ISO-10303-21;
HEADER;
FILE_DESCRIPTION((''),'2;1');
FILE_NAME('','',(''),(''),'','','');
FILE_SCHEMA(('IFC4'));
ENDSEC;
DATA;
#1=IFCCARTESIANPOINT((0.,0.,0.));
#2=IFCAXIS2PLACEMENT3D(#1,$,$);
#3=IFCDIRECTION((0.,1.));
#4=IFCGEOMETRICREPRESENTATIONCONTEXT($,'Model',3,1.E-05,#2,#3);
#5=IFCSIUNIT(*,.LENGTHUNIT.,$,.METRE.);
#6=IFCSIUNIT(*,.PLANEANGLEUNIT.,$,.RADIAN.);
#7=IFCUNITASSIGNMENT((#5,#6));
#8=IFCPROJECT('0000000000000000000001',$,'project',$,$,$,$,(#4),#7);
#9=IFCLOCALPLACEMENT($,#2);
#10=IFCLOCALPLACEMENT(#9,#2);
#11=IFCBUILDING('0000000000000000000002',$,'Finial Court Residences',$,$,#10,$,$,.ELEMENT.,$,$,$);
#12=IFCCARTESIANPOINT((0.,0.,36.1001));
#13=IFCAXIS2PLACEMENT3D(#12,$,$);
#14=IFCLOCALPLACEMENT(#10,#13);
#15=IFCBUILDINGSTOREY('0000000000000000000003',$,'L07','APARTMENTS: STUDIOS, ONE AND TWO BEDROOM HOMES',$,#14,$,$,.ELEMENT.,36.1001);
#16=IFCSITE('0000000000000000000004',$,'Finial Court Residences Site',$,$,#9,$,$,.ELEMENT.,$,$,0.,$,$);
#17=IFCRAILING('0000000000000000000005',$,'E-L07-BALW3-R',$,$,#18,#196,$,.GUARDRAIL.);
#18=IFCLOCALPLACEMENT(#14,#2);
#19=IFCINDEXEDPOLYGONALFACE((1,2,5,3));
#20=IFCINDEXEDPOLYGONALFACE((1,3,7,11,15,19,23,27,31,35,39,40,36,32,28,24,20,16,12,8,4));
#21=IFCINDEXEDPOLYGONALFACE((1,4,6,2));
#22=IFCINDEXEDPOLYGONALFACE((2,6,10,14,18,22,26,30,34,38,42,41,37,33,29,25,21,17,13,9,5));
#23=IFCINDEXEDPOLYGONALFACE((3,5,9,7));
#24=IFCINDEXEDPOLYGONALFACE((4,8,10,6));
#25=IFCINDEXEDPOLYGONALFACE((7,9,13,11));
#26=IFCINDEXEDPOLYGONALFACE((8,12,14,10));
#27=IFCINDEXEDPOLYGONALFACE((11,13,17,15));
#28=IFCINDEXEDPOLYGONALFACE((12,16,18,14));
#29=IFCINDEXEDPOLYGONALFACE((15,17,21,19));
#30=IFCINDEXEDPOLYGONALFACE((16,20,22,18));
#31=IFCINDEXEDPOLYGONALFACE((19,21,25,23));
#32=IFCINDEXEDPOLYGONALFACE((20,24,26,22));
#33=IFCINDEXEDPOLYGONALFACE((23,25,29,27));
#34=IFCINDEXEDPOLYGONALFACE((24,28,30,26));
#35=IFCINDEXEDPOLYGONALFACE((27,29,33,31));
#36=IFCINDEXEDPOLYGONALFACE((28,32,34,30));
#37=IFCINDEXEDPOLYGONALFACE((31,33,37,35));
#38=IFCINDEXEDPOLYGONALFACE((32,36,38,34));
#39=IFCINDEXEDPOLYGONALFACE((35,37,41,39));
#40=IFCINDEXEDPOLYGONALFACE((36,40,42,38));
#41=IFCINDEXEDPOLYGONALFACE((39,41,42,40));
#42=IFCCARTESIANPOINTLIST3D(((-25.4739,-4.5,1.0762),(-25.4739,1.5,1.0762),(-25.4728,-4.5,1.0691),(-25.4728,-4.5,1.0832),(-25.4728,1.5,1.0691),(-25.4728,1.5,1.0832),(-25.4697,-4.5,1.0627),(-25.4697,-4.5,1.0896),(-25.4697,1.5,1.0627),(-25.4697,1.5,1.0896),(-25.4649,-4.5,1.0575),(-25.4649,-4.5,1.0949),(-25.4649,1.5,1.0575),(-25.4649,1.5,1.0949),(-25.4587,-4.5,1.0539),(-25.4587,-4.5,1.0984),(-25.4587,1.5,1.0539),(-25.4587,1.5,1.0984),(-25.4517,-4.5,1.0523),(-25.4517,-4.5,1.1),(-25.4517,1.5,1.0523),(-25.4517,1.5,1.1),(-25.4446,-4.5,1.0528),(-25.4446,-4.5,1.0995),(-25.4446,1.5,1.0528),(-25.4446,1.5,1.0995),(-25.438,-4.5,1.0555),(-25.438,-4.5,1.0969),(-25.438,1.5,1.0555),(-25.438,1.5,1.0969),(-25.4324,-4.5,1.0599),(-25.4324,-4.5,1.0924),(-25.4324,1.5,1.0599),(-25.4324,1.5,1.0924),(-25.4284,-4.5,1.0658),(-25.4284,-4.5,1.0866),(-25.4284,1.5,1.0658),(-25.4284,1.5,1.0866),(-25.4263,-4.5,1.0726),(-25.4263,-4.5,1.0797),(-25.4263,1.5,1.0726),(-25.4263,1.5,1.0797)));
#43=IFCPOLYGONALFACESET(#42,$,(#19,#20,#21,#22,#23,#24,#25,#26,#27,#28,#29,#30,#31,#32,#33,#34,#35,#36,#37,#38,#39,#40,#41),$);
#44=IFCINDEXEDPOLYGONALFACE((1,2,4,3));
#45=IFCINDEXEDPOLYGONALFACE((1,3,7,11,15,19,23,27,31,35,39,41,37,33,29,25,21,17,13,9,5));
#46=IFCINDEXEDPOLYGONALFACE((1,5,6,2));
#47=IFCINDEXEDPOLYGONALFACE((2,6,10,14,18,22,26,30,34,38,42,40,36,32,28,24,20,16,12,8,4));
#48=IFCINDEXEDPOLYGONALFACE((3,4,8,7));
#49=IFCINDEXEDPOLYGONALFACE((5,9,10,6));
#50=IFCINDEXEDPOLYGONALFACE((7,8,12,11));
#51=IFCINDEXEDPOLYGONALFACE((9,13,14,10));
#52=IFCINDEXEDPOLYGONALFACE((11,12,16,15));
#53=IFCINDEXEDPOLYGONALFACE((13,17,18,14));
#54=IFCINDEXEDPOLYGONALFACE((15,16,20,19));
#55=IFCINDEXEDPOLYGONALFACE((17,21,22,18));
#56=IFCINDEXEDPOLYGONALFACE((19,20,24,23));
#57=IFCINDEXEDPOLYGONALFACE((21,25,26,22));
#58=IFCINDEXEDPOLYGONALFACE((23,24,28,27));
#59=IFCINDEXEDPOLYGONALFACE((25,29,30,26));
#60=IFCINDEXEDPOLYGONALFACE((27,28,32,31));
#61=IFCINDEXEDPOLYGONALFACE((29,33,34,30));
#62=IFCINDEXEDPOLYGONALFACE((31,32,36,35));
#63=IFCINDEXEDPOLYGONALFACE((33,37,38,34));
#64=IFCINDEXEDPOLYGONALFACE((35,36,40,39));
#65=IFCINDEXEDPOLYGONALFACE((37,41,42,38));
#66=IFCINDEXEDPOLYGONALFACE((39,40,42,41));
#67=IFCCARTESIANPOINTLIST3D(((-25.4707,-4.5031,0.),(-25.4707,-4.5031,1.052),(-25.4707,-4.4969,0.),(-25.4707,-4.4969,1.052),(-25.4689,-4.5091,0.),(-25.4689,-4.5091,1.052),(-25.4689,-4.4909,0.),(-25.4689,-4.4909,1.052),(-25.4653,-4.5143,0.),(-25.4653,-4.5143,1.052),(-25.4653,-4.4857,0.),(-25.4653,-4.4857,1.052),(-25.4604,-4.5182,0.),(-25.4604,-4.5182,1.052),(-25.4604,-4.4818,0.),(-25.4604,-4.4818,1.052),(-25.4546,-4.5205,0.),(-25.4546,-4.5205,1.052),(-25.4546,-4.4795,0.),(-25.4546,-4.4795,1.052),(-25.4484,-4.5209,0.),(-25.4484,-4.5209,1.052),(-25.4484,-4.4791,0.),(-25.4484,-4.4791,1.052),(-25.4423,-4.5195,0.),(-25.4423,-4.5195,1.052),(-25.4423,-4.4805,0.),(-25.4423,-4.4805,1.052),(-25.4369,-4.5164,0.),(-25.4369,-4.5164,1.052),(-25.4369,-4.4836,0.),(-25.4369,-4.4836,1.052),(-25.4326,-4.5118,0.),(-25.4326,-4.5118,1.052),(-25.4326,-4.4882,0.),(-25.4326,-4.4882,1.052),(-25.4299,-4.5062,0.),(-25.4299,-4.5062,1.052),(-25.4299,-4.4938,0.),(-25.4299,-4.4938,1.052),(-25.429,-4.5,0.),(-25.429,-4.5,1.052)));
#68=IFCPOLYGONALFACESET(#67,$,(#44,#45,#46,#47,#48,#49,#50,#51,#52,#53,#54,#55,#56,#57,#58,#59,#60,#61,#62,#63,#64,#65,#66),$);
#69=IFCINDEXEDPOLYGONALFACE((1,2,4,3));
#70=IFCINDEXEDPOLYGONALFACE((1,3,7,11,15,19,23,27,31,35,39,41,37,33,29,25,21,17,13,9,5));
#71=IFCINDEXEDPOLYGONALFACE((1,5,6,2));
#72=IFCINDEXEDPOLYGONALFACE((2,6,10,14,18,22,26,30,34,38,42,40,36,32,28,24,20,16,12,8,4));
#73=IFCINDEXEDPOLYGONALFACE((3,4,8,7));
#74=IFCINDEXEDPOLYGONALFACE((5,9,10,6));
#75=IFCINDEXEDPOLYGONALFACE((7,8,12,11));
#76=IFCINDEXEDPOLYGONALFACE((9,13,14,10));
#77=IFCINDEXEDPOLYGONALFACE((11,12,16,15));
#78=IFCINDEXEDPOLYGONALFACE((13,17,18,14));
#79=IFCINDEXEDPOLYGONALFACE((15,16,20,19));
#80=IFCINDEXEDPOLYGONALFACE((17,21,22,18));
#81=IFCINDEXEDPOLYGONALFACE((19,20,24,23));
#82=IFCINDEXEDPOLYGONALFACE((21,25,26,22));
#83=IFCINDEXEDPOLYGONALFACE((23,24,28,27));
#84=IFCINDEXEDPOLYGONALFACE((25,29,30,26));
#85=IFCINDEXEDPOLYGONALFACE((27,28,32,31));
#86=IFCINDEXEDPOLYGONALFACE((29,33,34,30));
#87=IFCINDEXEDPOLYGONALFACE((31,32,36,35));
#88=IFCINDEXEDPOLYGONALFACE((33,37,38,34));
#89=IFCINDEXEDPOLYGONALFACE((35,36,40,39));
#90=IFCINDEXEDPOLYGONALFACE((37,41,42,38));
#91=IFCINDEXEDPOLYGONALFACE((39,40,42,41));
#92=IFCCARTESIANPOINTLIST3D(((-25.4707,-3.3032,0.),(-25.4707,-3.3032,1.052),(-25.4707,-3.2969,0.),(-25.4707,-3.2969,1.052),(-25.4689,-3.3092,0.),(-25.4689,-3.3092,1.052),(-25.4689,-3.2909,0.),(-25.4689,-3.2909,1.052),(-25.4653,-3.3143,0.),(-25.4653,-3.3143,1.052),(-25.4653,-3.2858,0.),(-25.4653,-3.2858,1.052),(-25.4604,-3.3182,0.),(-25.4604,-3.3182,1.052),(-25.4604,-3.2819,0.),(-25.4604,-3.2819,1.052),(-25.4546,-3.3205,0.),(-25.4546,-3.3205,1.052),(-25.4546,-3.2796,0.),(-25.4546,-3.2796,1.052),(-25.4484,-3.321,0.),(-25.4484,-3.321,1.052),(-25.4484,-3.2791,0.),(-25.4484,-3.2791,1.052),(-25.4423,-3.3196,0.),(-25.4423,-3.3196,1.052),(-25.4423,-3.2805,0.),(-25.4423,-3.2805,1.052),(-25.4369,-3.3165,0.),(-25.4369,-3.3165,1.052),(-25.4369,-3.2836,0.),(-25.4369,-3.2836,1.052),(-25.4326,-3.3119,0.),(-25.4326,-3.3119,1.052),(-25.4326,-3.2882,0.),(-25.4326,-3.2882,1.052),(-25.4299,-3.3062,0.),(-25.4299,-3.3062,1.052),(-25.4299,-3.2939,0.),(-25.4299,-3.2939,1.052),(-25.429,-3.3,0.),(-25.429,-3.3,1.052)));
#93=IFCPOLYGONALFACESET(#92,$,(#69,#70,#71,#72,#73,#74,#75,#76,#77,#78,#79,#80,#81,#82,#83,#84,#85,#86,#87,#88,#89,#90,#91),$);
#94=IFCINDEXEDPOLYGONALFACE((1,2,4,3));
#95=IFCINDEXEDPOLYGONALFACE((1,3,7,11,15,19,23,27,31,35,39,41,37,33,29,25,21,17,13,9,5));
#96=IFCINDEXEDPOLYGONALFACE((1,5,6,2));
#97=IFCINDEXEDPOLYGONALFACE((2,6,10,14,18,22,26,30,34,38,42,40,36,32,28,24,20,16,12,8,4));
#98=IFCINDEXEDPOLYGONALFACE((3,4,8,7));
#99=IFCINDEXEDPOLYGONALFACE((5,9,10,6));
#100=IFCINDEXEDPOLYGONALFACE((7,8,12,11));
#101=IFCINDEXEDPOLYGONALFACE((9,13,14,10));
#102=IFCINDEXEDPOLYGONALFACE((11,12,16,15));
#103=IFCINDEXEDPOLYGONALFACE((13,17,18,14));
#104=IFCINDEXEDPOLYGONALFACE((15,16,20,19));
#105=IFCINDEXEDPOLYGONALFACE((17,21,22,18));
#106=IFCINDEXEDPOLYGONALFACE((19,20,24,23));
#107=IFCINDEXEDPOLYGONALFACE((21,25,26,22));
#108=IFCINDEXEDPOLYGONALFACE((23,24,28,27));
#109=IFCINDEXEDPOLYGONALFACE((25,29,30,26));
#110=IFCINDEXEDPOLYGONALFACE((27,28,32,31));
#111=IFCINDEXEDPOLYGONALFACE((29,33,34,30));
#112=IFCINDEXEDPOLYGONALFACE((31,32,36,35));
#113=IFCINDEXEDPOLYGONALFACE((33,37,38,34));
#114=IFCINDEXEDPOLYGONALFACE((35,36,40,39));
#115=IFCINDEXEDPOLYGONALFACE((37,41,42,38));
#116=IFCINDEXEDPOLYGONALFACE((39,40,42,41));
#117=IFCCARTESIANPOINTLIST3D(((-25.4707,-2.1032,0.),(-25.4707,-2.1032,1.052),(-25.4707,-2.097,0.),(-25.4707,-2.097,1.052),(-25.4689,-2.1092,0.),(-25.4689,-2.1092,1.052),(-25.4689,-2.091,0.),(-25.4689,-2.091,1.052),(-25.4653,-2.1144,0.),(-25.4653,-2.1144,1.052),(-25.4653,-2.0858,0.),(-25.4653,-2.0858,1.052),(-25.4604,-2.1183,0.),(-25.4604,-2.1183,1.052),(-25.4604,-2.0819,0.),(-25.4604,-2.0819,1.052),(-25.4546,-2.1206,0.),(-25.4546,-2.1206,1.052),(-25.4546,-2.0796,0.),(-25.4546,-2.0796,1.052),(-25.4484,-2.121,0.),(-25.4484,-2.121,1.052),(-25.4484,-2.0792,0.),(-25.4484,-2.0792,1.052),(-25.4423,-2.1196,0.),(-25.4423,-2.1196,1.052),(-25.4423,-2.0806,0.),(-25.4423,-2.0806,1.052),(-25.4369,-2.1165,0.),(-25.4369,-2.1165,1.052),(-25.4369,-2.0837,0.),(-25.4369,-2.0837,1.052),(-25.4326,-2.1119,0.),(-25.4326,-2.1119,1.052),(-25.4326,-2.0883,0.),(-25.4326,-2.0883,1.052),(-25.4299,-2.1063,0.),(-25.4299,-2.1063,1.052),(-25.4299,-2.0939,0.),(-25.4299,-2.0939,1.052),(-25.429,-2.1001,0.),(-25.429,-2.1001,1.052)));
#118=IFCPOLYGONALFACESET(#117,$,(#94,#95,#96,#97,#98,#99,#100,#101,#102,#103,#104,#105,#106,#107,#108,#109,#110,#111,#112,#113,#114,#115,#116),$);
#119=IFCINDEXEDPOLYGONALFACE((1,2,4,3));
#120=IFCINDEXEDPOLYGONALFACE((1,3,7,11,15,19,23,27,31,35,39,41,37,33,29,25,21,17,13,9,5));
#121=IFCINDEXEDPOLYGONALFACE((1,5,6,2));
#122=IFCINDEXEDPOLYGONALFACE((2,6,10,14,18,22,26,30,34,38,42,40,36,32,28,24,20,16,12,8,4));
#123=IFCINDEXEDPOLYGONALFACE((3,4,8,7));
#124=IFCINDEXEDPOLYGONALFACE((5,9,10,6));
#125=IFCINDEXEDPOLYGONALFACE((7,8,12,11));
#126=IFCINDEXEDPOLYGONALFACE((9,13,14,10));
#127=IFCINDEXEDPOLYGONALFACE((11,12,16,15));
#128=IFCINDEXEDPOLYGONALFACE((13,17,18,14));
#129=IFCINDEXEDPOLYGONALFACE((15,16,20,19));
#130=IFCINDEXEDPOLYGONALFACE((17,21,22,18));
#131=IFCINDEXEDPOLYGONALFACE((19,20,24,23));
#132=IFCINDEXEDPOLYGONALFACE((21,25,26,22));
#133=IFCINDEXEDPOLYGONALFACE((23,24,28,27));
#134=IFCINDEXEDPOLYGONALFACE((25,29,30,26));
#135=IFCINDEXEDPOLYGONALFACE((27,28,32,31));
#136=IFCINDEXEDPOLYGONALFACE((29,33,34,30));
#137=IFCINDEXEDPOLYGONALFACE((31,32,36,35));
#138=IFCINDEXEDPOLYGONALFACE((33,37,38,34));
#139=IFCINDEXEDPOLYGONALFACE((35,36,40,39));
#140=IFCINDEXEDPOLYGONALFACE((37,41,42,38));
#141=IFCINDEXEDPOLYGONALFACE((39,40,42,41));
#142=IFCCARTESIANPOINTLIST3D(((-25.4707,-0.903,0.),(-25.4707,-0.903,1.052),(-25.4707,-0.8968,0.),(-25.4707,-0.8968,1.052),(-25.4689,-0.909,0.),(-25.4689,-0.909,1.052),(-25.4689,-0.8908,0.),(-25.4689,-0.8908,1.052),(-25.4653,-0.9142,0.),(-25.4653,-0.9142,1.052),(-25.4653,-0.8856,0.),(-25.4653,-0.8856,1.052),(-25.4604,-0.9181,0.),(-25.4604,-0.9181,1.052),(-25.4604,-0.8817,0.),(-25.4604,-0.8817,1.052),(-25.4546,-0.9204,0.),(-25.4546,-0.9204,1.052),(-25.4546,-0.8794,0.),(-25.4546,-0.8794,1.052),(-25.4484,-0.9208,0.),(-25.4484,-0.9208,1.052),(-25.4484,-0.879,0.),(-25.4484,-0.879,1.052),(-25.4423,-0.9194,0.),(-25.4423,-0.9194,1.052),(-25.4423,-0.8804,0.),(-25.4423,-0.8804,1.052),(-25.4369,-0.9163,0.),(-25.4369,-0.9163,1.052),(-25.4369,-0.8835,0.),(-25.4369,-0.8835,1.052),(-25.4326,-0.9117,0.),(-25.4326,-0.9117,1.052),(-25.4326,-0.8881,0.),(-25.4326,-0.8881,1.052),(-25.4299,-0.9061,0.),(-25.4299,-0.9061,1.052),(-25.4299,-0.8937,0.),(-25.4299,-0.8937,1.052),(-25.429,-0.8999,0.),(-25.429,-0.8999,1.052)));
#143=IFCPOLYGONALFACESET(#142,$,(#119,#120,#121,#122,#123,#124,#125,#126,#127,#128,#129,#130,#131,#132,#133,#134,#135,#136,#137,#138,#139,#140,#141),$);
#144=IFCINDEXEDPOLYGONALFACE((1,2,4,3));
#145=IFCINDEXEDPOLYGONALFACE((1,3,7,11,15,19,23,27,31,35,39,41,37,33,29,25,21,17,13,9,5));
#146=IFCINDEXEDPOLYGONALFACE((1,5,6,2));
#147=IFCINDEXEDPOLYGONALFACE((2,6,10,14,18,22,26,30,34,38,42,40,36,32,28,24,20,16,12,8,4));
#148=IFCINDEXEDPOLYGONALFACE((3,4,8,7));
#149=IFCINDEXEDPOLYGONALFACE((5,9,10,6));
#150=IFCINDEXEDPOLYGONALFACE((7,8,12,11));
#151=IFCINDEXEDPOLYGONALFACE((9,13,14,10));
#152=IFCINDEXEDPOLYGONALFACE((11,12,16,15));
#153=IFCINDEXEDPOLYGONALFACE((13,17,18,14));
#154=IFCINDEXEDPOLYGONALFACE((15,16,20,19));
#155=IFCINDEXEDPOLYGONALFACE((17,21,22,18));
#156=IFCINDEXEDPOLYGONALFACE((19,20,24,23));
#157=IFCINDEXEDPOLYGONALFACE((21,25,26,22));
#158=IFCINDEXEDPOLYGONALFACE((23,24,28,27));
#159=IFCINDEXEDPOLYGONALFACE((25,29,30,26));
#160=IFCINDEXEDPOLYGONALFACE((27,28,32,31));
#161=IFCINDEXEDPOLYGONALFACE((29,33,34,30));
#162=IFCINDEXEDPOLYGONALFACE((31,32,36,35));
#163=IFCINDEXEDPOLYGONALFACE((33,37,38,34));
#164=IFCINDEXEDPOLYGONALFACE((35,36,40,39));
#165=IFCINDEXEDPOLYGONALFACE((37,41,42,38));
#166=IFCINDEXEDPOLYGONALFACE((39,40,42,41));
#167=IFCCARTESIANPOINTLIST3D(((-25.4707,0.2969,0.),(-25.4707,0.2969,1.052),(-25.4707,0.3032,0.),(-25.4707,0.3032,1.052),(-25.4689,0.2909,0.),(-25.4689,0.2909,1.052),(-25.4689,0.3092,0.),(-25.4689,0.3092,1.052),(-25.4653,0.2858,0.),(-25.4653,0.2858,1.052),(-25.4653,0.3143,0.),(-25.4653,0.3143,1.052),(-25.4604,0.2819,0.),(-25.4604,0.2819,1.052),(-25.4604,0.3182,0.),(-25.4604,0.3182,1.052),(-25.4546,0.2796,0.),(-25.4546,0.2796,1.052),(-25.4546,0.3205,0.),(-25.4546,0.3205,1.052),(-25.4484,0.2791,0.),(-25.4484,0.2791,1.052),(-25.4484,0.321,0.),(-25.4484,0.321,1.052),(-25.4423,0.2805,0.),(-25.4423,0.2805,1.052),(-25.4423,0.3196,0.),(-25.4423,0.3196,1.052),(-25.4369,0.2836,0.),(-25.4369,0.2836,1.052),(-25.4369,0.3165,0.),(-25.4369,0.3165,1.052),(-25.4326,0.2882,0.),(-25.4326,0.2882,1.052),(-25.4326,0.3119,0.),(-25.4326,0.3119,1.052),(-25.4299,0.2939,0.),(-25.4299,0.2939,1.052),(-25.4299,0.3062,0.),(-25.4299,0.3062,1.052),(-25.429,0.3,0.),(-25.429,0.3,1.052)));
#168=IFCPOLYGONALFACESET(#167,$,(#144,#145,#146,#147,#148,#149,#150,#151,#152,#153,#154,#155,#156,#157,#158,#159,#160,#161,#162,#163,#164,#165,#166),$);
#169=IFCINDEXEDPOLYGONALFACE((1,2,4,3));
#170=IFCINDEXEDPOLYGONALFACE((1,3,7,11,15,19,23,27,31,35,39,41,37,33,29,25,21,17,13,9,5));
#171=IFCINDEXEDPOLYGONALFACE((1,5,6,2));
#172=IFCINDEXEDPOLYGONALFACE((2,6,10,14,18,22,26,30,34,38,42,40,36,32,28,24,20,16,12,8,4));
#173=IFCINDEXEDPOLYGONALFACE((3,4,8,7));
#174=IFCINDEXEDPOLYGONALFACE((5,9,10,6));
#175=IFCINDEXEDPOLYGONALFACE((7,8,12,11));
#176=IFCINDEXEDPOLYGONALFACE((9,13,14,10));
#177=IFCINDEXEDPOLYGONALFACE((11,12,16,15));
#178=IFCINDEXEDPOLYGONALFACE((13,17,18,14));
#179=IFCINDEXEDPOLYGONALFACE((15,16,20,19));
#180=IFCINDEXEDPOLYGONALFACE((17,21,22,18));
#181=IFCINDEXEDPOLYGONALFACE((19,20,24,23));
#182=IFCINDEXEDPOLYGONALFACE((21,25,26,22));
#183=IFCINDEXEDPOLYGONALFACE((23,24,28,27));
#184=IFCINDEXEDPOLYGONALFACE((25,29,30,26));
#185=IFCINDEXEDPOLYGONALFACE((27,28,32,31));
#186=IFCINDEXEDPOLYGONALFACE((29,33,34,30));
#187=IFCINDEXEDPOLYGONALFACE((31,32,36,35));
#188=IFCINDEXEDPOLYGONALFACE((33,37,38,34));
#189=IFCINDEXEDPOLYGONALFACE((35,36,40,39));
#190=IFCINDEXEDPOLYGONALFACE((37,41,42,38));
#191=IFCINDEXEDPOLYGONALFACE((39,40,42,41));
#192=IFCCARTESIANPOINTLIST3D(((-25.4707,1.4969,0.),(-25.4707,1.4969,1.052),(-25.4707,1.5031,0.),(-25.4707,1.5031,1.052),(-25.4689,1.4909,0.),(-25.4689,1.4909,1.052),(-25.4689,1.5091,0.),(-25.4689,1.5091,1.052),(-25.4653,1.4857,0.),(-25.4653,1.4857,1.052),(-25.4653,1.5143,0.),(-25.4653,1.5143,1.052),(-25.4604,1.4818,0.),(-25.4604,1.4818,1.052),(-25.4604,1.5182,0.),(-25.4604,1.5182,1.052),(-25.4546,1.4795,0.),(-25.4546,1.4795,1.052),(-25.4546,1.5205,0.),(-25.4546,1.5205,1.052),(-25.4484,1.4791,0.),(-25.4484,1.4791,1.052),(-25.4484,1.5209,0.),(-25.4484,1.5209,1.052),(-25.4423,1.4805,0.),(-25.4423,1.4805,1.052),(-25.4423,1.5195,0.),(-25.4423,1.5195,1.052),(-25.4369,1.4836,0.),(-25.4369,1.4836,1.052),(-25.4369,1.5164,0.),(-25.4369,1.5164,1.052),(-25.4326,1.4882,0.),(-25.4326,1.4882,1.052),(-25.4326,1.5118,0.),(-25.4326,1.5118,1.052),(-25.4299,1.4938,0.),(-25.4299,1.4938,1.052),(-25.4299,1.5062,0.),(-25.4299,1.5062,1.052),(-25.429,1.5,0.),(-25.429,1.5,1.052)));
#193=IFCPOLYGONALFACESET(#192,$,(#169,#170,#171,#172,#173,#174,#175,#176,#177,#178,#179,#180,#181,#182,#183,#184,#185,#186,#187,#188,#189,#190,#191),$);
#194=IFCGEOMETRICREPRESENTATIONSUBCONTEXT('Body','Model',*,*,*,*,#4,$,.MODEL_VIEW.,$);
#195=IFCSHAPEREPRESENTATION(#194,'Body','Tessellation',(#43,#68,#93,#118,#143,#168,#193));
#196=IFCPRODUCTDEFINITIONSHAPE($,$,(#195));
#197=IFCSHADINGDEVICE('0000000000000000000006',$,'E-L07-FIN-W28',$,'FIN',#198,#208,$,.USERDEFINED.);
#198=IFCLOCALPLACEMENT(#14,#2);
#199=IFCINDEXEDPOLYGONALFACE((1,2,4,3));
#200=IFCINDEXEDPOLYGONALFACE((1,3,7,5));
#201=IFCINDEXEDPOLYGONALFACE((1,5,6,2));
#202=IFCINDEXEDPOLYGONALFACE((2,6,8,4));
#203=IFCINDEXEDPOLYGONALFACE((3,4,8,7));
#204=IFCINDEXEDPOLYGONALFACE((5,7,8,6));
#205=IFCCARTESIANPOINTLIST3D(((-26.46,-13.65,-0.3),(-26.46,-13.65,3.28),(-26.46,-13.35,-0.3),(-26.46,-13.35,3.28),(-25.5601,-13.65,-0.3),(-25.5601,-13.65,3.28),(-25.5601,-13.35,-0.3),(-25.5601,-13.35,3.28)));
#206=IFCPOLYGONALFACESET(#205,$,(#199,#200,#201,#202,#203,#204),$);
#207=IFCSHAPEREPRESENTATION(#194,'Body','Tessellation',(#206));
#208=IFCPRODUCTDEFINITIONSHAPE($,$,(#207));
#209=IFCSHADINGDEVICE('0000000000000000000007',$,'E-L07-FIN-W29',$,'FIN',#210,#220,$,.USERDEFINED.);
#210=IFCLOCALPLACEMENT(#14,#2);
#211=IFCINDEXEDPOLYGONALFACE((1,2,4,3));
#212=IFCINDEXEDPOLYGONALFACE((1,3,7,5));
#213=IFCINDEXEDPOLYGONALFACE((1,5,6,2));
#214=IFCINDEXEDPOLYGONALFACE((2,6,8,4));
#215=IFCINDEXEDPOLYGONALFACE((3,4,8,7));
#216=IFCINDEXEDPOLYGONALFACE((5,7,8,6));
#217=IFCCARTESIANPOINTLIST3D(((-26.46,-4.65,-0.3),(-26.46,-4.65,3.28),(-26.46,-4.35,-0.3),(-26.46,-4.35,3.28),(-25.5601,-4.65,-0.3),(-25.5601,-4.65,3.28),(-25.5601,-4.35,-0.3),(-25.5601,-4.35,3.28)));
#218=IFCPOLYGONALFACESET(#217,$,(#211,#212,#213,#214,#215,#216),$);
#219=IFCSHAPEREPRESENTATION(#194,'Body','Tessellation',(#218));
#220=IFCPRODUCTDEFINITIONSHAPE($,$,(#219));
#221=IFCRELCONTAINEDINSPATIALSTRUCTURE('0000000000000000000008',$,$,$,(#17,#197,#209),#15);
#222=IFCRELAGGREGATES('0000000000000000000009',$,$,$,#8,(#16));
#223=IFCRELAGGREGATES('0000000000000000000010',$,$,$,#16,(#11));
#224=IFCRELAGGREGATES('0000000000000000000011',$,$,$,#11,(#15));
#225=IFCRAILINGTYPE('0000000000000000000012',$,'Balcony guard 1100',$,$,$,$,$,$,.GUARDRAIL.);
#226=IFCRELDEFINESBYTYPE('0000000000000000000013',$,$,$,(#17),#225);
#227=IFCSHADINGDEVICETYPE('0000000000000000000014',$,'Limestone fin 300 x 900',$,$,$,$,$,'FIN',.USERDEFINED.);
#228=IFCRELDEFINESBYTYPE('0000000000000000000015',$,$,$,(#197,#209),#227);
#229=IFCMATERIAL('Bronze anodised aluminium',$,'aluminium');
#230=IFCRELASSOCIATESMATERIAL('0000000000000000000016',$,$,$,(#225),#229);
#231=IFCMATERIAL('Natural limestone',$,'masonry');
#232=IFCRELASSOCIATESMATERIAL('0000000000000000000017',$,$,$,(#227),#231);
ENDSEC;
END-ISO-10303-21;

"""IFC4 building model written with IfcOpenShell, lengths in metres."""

from ifc_helpers import new_model, si_unit, direction, frame, origin, origin_2d, place, context, subcontext, project, spatial, rectangle, circle, extrude, material, type_object, element, save


model = new_model("IFC4")

# Units and contexts
model_context = context("Model", 3, precision=1e-05, world=origin(), true_north=direction((0.0, 1.0)))
body_context = subcontext(model_context, "Body", "Model", "MODEL_VIEW")
ifc_project = project(units=[si_unit("LENGTHUNIT", "METRE"), si_unit("PLANEANGLEUNIT", "RADIAN")], contexts=[model_context])

# Site, building, storey
site_placement = place(None, origin())
site = spatial("IfcSite", under=ifc_project, at=site_placement, Name="Finial Court Residences Site", CompositionType="ELEMENT", RefElevation=0.0)
building_placement = place(site_placement, origin())
building = spatial("IfcBuilding", under=site, at=building_placement, Name="Finial Court Residences", CompositionType="ELEMENT")
storey_placement = place(building_placement, frame((0.0, 0.0, 36.1001)))
storey = spatial("IfcBuildingStorey", under=building, at=storey_placement, Name="L07", Description="APARTMENTS: STUDIOS, ONE AND TWO BEDROOM HOMES", CompositionType="ELEMENT", Elevation=36.1001)

# Shared definitions
ifc_material_1 = material(Name="Bronze anodised aluminium", Category="aluminium")

# Shared definitions
ifc_material_2 = material(Name="Natural limestone", Category="masonry")

# Railing
railing_type = type_object("IfcRailingType", Name="Balcony guard 1100", PredefinedType="GUARDRAIL", material=ifc_material_1)
railing_placement = place(storey_placement, frame((-25.45, -4.5, 0.0)))
element("IfcRailing", 1, at=railing_placement, inside=storey, type_object=railing_type, Name="E-L07-BALW3-R", PredefinedType="GUARDRAIL", context=body_context, shape_type="SweptSolid", body=[
    extrude(circle(Radius=0.0239, at=origin_2d()), frame((0.0, 0.0, 1.0762), z_axis=(0.0, 1.0, 0.0), x_axis=(-1.0, 0.0, 0.0)), (0.0, 0.0, 1.0), 6.0),
    extrude(circle(Radius=0.021, at=origin_2d()), origin(), (0.0, 0.0, 1.0), 1.052),
    extrude(circle(Radius=0.021, at=origin_2d()), frame((0.0, 1.2, 0.0)), (0.0, 0.0, 1.0), 1.052),
    extrude(circle(Radius=0.021, at=origin_2d()), frame((0.0, 2.3999, 0.0)), (0.0, 0.0, 1.0), 1.052),
    extrude(circle(Radius=0.021, at=origin_2d()), frame((0.0, 3.6001, 0.0)), (0.0, 0.0, 1.0), 1.052),
    extrude(circle(Radius=0.021, at=origin_2d()), frame((0.0, 4.8, 0.0)), (0.0, 0.0, 1.0), 1.052),
    extrude(circle(Radius=0.021, at=origin_2d()), frame((0.0, 6.0, 0.0)), (0.0, 0.0, 1.0), 1.052),
])

# Shading devices
shading_device_type = type_object("IfcShadingDeviceType", Name="Limestone fin 300 x 900", ElementType="FIN", PredefinedType="USERDEFINED", material=ifc_material_2)
for number, where, z_axis, x_axis, name in (
    (2, (-26.01, -13.5, -0.3), (0.0, 0.0, 1.0), (1.0, 0.0, 0.0), "E-L07-FIN-W28"),
    (3, (-26.01, -4.5, -0.3), (0.0, 0.0, 1.0), (1.0, 0.0, 0.0), "E-L07-FIN-W29"),
):
    element("IfcShadingDevice", number, at=place(storey_placement, frame(where, z_axis=z_axis, x_axis=x_axis)), inside=storey, type_object=shading_device_type, Name=name, ObjectType="FIN", PredefinedType="USERDEFINED", context=body_context, shape_type="SweptSolid", body=[
        extrude(rectangle(XDim=0.8999, YDim=0.3, at=origin_2d()), origin(), (0.0, 0.0, 1.0), 3.5801),
    ])

save(model, "model.ifc")
